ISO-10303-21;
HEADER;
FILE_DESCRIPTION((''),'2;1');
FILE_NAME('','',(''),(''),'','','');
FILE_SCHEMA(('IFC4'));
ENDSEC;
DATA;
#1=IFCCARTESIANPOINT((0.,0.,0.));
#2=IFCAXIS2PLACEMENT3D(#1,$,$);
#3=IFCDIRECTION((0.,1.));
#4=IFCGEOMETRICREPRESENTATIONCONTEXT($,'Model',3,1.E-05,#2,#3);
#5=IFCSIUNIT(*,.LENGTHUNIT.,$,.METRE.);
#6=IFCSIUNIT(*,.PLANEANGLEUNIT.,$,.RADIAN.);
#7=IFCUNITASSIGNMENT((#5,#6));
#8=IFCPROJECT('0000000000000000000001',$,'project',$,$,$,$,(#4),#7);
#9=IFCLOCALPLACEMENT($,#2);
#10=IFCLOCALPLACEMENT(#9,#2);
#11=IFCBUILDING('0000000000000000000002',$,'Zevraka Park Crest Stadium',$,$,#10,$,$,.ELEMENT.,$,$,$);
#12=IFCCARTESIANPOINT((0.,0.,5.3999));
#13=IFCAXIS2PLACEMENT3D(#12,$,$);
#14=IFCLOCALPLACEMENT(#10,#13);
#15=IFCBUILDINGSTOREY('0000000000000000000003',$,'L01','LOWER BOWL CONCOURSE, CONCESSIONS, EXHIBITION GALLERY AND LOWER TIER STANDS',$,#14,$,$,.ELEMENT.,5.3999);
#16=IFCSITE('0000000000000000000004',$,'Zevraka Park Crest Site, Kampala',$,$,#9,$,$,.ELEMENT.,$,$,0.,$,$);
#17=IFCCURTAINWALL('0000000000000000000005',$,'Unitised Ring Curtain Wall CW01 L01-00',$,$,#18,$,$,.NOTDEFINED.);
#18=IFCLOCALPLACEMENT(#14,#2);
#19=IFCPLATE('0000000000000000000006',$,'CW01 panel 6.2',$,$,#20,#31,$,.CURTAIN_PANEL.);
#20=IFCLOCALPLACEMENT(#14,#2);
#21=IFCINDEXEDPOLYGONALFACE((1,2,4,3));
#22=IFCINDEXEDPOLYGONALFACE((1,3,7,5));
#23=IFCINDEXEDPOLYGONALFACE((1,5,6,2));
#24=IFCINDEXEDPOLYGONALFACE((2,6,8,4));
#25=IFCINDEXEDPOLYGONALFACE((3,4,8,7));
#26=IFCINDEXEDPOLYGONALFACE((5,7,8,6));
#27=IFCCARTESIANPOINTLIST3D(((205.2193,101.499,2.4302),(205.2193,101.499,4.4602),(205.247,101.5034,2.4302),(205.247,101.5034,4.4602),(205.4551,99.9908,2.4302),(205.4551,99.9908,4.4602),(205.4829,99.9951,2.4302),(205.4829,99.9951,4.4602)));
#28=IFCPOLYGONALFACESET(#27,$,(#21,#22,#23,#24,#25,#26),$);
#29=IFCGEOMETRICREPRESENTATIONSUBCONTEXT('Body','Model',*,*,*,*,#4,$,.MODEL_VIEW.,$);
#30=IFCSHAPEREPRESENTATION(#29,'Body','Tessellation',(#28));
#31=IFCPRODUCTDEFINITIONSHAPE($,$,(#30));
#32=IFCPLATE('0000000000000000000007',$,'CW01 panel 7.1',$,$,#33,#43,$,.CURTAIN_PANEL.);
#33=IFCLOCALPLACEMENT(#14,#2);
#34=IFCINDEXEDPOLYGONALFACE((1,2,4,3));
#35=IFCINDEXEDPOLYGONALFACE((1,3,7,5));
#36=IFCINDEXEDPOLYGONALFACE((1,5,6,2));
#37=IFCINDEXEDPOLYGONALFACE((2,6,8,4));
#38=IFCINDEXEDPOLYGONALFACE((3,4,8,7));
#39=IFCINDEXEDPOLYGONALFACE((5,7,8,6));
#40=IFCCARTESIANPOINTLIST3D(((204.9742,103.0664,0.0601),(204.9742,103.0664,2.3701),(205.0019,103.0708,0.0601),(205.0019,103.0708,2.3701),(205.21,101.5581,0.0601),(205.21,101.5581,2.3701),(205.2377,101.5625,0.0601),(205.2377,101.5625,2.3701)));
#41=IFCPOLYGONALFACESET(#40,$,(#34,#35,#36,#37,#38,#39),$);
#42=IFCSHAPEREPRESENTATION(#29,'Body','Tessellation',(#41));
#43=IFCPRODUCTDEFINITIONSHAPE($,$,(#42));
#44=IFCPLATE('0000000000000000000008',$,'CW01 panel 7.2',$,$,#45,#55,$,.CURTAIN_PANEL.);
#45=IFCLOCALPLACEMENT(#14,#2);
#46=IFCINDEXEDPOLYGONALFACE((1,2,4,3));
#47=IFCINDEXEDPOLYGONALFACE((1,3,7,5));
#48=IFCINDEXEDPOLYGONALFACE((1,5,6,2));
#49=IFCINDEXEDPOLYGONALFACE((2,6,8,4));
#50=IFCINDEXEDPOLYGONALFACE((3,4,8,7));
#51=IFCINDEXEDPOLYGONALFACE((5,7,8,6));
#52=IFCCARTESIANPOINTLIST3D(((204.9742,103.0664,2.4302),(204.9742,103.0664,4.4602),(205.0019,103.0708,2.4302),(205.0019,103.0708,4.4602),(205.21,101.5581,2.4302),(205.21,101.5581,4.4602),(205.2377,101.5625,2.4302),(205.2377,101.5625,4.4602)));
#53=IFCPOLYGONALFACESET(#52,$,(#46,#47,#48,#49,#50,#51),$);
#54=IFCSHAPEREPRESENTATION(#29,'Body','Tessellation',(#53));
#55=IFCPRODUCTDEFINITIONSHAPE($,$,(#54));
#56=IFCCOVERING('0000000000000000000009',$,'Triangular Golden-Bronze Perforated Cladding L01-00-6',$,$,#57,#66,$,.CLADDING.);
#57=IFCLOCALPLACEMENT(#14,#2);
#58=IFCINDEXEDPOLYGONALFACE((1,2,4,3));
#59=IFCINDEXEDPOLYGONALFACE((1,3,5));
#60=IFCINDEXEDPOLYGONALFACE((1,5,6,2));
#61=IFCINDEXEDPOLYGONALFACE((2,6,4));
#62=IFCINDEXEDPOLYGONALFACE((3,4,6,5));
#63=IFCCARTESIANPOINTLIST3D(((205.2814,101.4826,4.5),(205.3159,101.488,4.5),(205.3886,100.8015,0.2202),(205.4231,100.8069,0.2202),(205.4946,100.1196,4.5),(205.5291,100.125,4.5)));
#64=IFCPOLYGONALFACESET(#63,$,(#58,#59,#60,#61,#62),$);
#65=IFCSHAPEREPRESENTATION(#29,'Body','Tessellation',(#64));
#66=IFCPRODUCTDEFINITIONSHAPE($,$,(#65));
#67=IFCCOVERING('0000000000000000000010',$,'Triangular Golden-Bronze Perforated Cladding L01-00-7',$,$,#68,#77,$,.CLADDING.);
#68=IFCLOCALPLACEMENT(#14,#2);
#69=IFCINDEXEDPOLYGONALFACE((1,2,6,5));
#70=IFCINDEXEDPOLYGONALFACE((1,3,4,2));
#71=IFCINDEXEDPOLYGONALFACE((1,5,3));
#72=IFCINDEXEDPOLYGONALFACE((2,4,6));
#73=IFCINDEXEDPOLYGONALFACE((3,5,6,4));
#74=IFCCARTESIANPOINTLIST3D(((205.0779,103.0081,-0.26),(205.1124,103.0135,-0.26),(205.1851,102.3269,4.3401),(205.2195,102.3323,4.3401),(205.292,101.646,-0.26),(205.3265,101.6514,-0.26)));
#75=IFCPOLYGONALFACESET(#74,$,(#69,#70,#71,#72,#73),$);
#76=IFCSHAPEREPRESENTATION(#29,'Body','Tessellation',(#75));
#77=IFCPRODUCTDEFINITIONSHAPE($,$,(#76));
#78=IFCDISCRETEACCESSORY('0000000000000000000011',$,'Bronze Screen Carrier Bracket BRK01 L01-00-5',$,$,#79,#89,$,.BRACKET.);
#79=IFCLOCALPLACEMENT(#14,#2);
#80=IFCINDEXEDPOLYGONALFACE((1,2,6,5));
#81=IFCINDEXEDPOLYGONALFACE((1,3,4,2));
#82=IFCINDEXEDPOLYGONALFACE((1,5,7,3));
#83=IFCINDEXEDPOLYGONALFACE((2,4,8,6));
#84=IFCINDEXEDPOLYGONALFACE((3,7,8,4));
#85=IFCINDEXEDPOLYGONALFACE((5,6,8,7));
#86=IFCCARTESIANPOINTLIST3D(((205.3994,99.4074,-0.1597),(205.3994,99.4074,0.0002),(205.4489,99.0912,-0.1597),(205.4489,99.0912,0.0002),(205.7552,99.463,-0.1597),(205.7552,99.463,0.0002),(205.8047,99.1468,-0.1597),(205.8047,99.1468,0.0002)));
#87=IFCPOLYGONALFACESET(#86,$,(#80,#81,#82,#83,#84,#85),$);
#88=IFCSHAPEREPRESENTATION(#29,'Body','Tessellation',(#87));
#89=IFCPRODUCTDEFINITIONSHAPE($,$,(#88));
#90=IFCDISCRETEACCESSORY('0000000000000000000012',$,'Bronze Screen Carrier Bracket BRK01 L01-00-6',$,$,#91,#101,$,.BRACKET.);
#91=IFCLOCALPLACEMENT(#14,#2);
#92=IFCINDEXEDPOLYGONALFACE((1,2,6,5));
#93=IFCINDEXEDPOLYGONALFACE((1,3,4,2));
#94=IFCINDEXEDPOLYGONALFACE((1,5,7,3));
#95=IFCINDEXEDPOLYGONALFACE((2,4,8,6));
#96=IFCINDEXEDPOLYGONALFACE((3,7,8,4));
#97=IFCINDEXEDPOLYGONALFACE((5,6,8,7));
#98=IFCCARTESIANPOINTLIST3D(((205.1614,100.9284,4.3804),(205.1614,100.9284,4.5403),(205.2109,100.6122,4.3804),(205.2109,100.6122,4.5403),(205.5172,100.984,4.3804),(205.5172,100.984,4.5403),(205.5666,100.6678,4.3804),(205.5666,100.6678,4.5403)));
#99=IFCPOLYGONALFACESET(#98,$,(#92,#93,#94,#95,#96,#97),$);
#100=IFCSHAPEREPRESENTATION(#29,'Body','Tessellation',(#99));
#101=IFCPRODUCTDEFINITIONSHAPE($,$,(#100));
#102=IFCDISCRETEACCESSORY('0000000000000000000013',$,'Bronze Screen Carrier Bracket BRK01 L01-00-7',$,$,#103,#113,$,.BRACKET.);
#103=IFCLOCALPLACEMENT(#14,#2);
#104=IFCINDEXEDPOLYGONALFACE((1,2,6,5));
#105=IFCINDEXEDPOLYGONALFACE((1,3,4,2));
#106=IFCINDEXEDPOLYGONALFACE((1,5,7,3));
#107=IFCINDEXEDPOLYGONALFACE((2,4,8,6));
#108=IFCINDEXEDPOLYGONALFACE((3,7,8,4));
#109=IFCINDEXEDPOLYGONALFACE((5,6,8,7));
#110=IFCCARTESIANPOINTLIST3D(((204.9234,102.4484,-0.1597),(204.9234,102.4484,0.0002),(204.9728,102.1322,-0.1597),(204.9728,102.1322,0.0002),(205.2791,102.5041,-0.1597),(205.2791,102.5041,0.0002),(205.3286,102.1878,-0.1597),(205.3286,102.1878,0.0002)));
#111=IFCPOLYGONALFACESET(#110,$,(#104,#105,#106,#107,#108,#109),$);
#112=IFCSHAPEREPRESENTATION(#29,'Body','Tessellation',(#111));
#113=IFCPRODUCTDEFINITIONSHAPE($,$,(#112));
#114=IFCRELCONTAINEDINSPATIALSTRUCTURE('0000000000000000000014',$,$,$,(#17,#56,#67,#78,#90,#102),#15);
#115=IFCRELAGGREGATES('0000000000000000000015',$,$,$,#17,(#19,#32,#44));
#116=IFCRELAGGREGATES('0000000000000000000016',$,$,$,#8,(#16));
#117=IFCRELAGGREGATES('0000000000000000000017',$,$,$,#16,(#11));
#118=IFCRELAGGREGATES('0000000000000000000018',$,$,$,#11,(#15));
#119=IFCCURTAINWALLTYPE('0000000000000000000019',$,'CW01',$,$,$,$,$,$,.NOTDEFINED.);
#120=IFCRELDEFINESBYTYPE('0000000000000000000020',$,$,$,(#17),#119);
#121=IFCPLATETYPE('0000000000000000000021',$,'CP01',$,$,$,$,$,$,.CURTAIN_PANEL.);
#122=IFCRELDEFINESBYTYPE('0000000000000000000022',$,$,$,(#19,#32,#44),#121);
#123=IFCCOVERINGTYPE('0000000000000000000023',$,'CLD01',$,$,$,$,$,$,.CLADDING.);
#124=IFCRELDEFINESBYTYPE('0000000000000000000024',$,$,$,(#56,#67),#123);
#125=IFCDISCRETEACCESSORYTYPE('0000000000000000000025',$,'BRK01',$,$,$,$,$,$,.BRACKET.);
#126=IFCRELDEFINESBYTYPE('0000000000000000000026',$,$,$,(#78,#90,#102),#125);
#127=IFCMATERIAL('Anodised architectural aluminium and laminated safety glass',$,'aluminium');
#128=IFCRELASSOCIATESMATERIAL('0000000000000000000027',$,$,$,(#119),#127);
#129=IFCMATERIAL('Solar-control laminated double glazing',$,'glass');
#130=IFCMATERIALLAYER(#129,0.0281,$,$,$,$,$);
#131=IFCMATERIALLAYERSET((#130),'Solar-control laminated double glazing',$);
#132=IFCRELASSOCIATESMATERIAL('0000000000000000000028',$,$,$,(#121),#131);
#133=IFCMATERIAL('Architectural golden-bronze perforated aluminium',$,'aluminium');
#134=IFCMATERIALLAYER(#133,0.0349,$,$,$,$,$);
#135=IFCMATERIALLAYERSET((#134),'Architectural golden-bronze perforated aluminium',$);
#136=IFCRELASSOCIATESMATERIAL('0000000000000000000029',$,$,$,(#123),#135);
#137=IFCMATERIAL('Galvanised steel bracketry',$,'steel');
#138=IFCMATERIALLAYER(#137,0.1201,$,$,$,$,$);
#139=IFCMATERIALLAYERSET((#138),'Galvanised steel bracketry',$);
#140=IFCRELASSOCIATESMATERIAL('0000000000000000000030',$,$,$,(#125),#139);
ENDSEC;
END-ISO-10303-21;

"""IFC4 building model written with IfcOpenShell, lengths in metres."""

from ifc_helpers import new_model, si_unit, direction, frame, origin, origin_2d, place, context, subcontext, project, spatial, polyline, rectangle, outline, extrude, material, layer, layer_set, type_object, element, aggregate, save


model = new_model("IFC4")

# Units and contexts
model_context = context("Model", 3, precision=1e-05, world=origin(), true_north=direction((0.0, 1.0)))
body_context = subcontext(model_context, "Body", "Model", "MODEL_VIEW")
ifc_project = project(units=[si_unit("LENGTHUNIT", "METRE"), si_unit("PLANEANGLEUNIT", "RADIAN")], contexts=[model_context])

# Site, building, storey
site_placement = place(None, origin())
site = spatial("IfcSite", under=ifc_project, at=site_placement, Name="Zevraka Park Crest Site, Kampala", CompositionType="ELEMENT", RefElevation=0.0)
building_placement = place(site_placement, origin())
building = spatial("IfcBuilding", under=site, at=building_placement, Name="Zevraka Park Crest Stadium", CompositionType="ELEMENT")
storey_placement = place(building_placement, frame((0.0, 0.0, 5.3999)))
storey = spatial("IfcBuildingStorey", under=building, at=storey_placement, Name="L01", Description="LOWER BOWL CONCOURSE, CONCESSIONS, EXHIBITION GALLERY AND LOWER TIER STANDS", CompositionType="ELEMENT", Elevation=5.3999)

# Curtain wall, plates
ifc_material_1 = material(Name="Anodised architectural aluminium and laminated safety glass", Category="aluminium")
curtain_wall_type = type_object("IfcCurtainWallType", Name="CW01", PredefinedType="NOTDEFINED", material=ifc_material_1)
curtain_wall_placement = place(storey_placement, origin())
curtain_wall = element("IfcCurtainWall", 1, at=curtain_wall_placement, inside=storey, type_object=curtain_wall_type, Name="Unitised Ring Curtain Wall CW01 L01-00", PredefinedType="NOTDEFINED")
ifc_material_2 = material(Name="Solar-control laminated double glazing", Category="glass")
ifc_layer_1 = layer(ifc_material_2, 0.0281)
ifc_layer_set_1 = layer_set([ifc_layer_1], Name="Solar-control laminated double glazing")
plate_type = type_object("IfcPlateType", Name="CP01", PredefinedType="CURTAIN_PANEL", material=ifc_layer_set_1)
plate_1_placement = place(storey_placement, frame((205.3511, 100.7471, 2.4302), z_axis=(0.0, 0.0, 1.0), x_axis=(-0.154476, 0.987997, 0.0)))
plate_1 = element("IfcPlate", 2, at=plate_1_placement, type_object=plate_type, Name="CW01 panel 6.2", PredefinedType="CURTAIN_PANEL", context=body_context, shape_type="SweptSolid", body=[
    extrude(rectangle(XDim=1.5266, YDim=0.0281, at=origin_2d()), origin(), (0.0, 0.0, 1.0), 2.03),
])
plate_2_placement = place(storey_placement, frame((205.106, 102.3145, 0.0601), z_axis=(0.0, 0.0, 1.0), x_axis=(-0.154476, 0.987997, 0.0)))
plate_2 = element("IfcPlate", 3, at=plate_2_placement, type_object=plate_type, Name="CW01 panel 7.1", PredefinedType="CURTAIN_PANEL", context=body_context, shape_type="SweptSolid", body=[
    extrude(rectangle(XDim=1.5266, YDim=0.0281, at=origin_2d()), origin(), (0.0, 0.0, 1.0), 2.3101),
])
plate_3_placement = place(storey_placement, frame((205.106, 102.3145, 2.4302), z_axis=(0.0, 0.0, 1.0), x_axis=(-0.154476, 0.987997, 0.0)))
plate_3 = element("IfcPlate", 4, at=plate_3_placement, type_object=plate_type, Name="CW01 panel 7.2", PredefinedType="CURTAIN_PANEL", context=body_context, shape_type="SweptSolid", body=[
    extrude(rectangle(XDim=1.5266, YDim=0.0281, at=origin_2d()), origin(), (0.0, 0.0, 1.0), 2.03),
])
aggregate(curtain_wall, [plate_1, plate_2, plate_3])

# Coverings
ifc_material_3 = material(Name="Architectural golden-bronze perforated aluminium", Category="aluminium")
ifc_layer_2 = layer(ifc_material_3, 0.0349)
ifc_layer_set_2 = layer_set([ifc_layer_2], Name="Architectural golden-bronze perforated aluminium")
covering_type = type_object("IfcCoveringType", Name="CLD01", PredefinedType="CLADDING", material=ifc_layer_set_2)
covering_1_placement = place(storey_placement, frame((205.3159, 101.488, 4.5), z_axis=(0.987994, 0.15449, 0.000154), x_axis=(0.15449, -0.987994, 0.0)))
element("IfcCovering", 5, at=covering_1_placement, inside=storey, type_object=covering_type, Name="Triangular Golden-Bronze Perforated Cladding L01-00-6", PredefinedType="CLADDING", context=body_context, shape_type="SweptSolid", body=[
    extrude(outline(polyline([(0.0, 0.0), (1.3796, 0.0), (0.6895, 4.2798), (0.0, 0.0)])), origin(), (0.0, 0.0, -1.0), 0.0349),
])
covering_2_placement = place(storey_placement, frame((205.292, 101.646, -0.26), z_axis=(-0.987869, -0.15529, 0.000022), x_axis=(-0.15529, 0.987869, 0.0)))
element("IfcCovering", 6, at=covering_2_placement, inside=storey, type_object=covering_type, Name="Triangular Golden-Bronze Perforated Cladding L01-00-7", PredefinedType="CLADDING", context=body_context, shape_type="SweptSolid", body=[
    extrude(outline(polyline([(0.0, 0.0), (1.3788, 0.0), (0.6893, -4.6001), (0.0, 0.0)])), origin(), (0.0, 0.0, -1.0), 0.0349),
])

# Discrete accessories
ifc_material_4 = material(Name="Galvanised steel bracketry", Category="steel")
ifc_layer_3 = layer(ifc_material_4, 0.1201)
ifc_layer_set_3 = layer_set([ifc_layer_3], Name="Galvanised steel bracketry")
discrete_accessory_type = type_object("IfcDiscreteAccessoryType", Name="BRK01", PredefinedType="BRACKET", material=ifc_layer_set_3)
for number, where, z_axis, x_axis, name in (
    (7, (205.6021, 99.2771, -0.1597), (0.0, 0.0, 1.0), (-0.154538, 0.987987, 0.0), "Bronze Screen Carrier Bracket BRK01 L01-00-5"),
    (8, (205.364, 100.7981, 4.3804), (0.0, 0.0, 1.0), (-0.154538, 0.987987, 0.0), "Bronze Screen Carrier Bracket BRK01 L01-00-6"),
    (9, (205.126, 102.3181, -0.1597), (0.0, 0.0, 1.0), (-0.154538, 0.987987, 0.0), "Bronze Screen Carrier Bracket BRK01 L01-00-7"),
):
    element("IfcDiscreteAccessory", number, at=place(storey_placement, frame(where, z_axis=z_axis, x_axis=x_axis)), inside=storey, type_object=discrete_accessory_type, Name=name, PredefinedType="BRACKET", context=body_context, shape_type="SweptSolid", body=[
        extrude(rectangle(XDim=0.3201, YDim=0.3601, at=origin_2d()), origin(), (0.0, 0.0, 1.0), 0.1599),
    ])

save(model, "model.ifc")
